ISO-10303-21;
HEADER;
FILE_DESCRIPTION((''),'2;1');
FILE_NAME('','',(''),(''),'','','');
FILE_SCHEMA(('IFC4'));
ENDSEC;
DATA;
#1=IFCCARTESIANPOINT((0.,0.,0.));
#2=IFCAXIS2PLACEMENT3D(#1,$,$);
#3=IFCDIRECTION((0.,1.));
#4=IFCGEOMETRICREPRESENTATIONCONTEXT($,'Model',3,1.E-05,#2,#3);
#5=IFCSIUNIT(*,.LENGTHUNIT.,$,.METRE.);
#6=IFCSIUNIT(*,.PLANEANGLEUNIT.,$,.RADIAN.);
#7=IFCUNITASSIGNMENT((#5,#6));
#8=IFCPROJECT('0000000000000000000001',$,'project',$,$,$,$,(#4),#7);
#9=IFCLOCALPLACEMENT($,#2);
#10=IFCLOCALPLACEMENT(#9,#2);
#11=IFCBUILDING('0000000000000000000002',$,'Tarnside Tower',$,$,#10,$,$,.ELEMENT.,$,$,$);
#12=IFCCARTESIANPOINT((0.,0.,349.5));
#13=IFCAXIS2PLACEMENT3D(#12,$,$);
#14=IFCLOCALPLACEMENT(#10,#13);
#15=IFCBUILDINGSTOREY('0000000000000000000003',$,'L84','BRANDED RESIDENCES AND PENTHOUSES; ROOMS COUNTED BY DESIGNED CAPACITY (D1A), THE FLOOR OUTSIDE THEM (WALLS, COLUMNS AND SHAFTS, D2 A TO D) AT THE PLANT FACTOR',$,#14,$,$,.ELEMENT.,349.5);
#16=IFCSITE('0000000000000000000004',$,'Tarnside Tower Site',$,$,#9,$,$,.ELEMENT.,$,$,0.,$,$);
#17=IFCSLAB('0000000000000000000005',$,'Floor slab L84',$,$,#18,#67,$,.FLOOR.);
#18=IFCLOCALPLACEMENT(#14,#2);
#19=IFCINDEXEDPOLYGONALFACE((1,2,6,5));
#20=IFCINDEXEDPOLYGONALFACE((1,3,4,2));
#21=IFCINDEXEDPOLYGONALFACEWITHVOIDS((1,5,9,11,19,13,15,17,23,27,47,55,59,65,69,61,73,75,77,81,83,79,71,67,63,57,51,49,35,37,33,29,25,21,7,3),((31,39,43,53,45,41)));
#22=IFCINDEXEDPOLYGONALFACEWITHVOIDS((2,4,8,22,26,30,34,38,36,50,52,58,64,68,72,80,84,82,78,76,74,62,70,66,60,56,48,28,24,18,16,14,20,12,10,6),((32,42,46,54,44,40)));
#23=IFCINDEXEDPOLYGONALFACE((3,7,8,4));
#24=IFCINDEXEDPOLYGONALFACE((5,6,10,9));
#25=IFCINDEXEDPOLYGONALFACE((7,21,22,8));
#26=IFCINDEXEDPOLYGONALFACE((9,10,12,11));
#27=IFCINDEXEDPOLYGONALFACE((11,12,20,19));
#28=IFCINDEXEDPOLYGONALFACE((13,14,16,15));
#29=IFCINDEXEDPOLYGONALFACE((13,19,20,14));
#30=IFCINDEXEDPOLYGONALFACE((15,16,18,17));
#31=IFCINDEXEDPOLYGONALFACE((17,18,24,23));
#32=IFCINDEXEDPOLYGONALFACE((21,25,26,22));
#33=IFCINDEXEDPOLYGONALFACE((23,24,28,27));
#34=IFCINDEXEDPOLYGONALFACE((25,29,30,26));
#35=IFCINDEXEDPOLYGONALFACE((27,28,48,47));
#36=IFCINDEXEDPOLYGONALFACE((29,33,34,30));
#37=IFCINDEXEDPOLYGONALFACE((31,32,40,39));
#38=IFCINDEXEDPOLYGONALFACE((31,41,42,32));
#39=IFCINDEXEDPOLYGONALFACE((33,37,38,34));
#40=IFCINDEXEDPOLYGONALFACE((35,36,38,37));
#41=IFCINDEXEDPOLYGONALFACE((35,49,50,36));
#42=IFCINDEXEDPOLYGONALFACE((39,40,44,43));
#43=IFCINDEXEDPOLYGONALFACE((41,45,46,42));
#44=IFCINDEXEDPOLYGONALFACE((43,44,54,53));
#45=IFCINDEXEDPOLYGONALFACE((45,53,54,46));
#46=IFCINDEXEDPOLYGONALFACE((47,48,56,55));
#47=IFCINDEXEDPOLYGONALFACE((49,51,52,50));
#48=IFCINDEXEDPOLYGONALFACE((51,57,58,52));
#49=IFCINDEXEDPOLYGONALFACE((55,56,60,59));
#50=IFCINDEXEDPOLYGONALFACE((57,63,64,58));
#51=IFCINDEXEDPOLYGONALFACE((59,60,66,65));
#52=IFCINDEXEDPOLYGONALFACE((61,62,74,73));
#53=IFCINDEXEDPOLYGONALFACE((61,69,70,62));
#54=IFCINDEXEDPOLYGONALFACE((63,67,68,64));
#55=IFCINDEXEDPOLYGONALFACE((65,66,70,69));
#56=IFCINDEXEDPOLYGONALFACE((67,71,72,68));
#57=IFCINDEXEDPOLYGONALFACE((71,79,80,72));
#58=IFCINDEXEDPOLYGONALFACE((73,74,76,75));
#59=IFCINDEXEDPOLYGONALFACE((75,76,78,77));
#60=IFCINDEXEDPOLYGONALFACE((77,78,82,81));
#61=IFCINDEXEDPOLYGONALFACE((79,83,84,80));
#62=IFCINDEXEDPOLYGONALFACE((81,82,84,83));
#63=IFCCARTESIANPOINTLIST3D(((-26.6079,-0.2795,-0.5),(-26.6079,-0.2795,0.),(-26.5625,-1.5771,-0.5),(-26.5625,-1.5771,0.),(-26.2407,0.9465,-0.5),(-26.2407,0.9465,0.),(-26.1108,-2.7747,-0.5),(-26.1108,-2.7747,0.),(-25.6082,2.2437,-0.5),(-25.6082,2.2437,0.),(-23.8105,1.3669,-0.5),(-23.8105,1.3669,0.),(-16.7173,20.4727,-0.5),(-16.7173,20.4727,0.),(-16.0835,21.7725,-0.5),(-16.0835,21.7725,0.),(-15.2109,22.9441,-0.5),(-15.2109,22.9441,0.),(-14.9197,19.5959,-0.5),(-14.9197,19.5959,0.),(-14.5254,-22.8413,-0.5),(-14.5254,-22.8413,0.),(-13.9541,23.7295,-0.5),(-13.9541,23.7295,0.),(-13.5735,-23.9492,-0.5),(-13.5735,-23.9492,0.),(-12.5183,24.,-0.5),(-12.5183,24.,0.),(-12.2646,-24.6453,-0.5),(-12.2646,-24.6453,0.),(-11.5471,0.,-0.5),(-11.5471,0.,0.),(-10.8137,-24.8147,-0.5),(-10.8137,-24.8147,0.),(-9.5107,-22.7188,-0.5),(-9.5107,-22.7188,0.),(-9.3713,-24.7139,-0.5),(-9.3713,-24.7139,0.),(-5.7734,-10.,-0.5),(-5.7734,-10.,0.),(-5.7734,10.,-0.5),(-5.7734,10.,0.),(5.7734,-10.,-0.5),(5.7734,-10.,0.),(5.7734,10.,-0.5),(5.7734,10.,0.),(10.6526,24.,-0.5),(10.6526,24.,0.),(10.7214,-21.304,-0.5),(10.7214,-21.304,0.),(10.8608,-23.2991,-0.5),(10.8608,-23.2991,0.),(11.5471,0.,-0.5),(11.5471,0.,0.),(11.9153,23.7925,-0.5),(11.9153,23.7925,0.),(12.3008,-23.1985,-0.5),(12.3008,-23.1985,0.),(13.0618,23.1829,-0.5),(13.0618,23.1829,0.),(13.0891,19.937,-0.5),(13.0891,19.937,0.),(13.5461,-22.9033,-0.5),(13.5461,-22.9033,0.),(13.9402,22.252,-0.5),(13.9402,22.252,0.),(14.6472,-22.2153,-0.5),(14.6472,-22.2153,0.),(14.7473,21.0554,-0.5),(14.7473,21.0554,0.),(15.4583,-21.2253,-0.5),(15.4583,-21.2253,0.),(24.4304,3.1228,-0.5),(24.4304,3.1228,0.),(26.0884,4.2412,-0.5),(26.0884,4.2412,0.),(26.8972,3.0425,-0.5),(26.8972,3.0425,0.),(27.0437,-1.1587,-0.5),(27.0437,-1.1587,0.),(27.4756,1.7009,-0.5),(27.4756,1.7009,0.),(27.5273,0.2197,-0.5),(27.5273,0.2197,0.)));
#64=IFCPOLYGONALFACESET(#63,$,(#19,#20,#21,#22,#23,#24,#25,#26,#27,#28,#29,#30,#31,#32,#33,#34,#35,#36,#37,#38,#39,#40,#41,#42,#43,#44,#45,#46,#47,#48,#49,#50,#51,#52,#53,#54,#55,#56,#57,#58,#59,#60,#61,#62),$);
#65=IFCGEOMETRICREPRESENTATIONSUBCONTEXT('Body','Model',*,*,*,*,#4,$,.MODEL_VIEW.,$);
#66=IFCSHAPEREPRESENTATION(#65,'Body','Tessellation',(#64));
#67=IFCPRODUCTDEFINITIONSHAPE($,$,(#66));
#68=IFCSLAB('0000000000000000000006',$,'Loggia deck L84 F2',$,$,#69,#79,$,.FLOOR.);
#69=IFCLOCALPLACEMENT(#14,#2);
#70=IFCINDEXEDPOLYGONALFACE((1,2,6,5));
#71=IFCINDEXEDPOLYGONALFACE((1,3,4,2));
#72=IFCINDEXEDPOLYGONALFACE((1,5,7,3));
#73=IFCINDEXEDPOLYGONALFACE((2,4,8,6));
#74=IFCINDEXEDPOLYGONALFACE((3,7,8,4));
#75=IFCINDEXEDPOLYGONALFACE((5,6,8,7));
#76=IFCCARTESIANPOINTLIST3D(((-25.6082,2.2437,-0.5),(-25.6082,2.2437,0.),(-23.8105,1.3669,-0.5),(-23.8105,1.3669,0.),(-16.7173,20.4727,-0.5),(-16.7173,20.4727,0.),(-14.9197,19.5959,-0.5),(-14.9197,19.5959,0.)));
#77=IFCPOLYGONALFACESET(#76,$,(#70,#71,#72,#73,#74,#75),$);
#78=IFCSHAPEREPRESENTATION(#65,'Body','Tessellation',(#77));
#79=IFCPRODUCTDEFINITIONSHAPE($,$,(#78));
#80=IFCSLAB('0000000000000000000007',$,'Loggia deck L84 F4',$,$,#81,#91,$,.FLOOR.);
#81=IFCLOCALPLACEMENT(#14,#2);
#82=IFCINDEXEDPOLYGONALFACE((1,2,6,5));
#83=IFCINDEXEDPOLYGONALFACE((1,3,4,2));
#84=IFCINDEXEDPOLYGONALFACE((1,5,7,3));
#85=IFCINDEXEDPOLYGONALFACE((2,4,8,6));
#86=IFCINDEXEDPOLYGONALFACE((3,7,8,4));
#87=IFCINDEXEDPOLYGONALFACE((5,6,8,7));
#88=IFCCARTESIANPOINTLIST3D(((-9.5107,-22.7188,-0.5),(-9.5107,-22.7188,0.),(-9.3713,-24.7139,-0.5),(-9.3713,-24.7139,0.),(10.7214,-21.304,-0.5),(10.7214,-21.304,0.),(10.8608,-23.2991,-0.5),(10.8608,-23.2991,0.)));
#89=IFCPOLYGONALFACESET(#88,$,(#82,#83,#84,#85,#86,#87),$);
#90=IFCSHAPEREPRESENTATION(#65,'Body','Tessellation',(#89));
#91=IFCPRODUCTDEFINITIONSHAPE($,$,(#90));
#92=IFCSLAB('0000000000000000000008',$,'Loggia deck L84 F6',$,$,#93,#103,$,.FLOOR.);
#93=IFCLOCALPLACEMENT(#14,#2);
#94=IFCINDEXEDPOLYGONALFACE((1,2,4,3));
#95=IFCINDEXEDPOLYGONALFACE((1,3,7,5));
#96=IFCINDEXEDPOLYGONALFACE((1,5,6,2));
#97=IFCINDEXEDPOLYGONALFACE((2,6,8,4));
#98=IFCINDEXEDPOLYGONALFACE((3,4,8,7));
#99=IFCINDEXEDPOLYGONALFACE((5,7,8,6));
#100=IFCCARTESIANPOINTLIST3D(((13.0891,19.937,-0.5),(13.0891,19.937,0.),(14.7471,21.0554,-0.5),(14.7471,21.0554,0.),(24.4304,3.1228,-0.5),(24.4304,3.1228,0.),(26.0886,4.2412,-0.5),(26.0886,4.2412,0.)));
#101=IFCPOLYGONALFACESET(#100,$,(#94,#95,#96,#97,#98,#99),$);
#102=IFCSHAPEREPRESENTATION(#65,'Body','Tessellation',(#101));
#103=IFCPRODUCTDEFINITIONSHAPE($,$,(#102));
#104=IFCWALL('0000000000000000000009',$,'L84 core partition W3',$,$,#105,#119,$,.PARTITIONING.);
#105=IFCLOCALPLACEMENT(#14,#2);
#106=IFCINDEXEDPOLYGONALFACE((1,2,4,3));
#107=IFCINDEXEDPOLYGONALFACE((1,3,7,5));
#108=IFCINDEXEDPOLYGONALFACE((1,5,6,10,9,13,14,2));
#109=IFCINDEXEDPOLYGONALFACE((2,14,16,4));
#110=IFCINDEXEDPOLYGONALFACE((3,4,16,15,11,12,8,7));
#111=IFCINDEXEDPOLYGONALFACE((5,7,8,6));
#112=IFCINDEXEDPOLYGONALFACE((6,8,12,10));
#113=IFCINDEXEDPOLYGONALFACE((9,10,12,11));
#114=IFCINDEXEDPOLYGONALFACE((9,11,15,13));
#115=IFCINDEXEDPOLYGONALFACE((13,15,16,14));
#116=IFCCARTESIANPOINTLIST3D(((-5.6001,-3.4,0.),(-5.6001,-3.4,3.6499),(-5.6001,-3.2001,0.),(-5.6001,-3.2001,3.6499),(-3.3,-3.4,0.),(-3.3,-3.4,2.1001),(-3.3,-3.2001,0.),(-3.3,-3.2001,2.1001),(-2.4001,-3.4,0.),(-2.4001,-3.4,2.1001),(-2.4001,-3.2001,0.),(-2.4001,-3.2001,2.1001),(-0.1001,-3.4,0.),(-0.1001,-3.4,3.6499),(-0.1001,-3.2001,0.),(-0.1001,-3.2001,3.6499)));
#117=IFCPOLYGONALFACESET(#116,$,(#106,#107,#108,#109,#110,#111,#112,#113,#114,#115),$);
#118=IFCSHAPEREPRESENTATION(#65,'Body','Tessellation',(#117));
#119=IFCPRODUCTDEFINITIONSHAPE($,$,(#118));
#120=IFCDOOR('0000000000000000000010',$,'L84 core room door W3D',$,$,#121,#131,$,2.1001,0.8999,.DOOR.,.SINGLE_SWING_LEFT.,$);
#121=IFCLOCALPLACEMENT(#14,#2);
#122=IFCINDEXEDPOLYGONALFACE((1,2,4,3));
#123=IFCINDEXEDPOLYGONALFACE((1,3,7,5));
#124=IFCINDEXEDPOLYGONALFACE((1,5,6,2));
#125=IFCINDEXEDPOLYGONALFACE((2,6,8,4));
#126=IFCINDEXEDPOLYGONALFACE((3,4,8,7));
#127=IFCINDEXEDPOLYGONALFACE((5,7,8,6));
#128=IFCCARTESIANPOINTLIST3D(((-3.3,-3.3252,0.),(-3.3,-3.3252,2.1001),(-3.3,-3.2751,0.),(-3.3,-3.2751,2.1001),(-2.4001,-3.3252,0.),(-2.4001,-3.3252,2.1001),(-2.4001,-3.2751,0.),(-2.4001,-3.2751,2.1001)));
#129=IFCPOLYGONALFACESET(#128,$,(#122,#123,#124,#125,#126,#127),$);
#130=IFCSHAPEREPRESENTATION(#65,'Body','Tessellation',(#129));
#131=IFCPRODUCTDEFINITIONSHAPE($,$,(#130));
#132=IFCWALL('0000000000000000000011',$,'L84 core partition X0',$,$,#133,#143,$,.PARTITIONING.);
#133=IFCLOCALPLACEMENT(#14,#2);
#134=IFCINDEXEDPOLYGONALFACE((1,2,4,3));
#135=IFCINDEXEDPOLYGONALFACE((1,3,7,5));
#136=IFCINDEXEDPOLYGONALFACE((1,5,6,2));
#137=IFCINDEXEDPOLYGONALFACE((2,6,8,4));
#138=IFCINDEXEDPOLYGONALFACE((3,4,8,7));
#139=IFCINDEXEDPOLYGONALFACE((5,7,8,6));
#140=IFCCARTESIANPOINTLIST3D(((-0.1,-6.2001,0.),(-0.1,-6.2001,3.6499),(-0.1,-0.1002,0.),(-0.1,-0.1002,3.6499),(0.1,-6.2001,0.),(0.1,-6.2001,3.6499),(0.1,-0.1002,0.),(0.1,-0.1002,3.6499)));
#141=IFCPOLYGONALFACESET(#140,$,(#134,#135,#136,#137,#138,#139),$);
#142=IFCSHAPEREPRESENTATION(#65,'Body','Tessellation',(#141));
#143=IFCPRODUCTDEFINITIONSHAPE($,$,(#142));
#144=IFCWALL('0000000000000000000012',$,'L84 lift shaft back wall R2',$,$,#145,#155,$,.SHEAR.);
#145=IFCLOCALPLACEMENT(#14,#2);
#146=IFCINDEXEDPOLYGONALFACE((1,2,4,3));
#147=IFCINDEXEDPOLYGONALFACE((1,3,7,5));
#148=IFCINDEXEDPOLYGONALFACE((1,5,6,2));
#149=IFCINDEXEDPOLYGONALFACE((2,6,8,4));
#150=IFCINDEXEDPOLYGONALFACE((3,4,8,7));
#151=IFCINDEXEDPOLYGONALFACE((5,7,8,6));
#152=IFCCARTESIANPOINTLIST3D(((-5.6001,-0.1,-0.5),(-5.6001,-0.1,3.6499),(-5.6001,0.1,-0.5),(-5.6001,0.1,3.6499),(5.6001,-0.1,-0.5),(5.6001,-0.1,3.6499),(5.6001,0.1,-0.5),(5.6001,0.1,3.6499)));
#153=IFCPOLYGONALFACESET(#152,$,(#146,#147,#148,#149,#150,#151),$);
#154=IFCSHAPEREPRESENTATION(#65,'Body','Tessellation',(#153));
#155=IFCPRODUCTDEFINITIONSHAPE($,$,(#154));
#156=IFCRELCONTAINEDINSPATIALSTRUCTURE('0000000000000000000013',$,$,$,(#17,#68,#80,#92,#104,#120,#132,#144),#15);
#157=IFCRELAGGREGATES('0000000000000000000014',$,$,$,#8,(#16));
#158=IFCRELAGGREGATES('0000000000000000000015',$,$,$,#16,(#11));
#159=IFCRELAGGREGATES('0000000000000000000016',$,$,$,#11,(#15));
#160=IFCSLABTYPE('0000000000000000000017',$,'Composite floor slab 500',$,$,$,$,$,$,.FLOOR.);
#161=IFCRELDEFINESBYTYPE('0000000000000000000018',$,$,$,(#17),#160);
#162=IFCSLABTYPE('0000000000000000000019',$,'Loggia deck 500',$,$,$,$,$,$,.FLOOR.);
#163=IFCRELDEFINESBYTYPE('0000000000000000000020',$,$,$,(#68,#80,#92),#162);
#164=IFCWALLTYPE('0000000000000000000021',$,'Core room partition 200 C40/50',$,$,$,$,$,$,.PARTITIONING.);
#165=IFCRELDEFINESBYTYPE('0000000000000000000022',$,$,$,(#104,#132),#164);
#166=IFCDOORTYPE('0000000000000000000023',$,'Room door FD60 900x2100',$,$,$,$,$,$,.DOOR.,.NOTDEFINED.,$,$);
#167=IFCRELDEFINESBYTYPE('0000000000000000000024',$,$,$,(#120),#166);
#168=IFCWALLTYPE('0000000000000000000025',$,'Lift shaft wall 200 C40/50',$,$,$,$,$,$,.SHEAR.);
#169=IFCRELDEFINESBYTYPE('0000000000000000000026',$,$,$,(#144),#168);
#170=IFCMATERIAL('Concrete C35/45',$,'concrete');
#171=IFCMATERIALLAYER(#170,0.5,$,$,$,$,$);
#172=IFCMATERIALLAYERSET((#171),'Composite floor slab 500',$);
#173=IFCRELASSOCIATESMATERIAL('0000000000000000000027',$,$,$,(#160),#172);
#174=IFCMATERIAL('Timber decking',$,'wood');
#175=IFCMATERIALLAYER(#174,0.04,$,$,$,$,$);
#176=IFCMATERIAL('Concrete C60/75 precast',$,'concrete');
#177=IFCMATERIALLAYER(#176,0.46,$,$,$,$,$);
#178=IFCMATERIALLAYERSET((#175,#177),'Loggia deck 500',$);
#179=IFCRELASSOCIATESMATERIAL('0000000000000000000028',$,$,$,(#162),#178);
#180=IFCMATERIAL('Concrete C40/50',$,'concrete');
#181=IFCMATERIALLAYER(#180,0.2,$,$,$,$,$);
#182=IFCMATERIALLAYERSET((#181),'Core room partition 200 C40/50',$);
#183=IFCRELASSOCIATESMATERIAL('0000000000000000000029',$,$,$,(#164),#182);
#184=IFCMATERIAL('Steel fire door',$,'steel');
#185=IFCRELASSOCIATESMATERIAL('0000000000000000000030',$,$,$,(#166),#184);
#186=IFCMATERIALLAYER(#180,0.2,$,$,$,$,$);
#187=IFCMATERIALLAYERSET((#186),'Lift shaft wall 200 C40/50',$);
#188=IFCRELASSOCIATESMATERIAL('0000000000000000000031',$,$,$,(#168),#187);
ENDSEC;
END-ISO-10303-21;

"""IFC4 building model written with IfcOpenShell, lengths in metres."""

from ifc_helpers import new_model, si_unit, direction, frame, frame_2d, origin, place, context, subcontext, project, spatial, polyline, rectangle, outline, extrude, material, layer, layer_set, type_object, element, fill, save


model = new_model("IFC4")

# Units and contexts
model_context = context("Model", 3, precision=1e-05, world=origin(), true_north=direction((0.0, 1.0)))
body_context = subcontext(model_context, "Body", "Model", "MODEL_VIEW")
ifc_project = project(units=[si_unit("LENGTHUNIT", "METRE"), si_unit("PLANEANGLEUNIT", "RADIAN")], contexts=[model_context])

# Site, building, storey
site_placement = place(None, origin())
site = spatial("IfcSite", under=ifc_project, at=site_placement, Name="Tarnside Tower Site", CompositionType="ELEMENT", RefElevation=0.0)
building_placement = place(site_placement, origin())
building = spatial("IfcBuilding", under=site, at=building_placement, Name="Tarnside Tower", CompositionType="ELEMENT")
storey_placement = place(building_placement, frame((0.0, 0.0, 349.5)))
storey = spatial("IfcBuildingStorey", under=building, at=storey_placement, Name="L84", Description="BRANDED RESIDENCES AND PENTHOUSES; ROOMS COUNTED BY DESIGNED CAPACITY (D1A), THE FLOOR OUTSIDE THEM (WALLS, COLUMNS AND SHAFTS, D2 A TO D) AT THE PLANT FACTOR", CompositionType="ELEMENT", Elevation=349.5)

# Slabs
ifc_material_1 = material(Name="Concrete C35/45", Category="concrete")
ifc_layer_1 = layer(ifc_material_1, 0.5)
ifc_layer_set_1 = layer_set([ifc_layer_1], Name="Composite floor slab 500")
slab_type_1 = type_object("IfcSlabType", Name="Composite floor slab 500", PredefinedType="FLOOR", material=ifc_layer_set_1)
slab_1_placement = place(storey_placement, frame((0.0, 0.0, -0.5)))
element("IfcSlab", 1, at=slab_1_placement, inside=storey, type_object=slab_type_1, Name="Floor slab L84", PredefinedType="FLOOR", context=body_context, shape_type="SweptSolid", body=[
    extrude(outline(polyline([(11.9153, 23.7925), (13.0618, 23.1829), (13.9402, 22.252), (14.7473, 21.0554), (13.0891, 19.937), (24.4304, 3.1228), (26.0884, 4.2412), (26.8972, 3.0425), (27.4756, 1.7009), (27.5273, 0.2197), (27.0437, -1.1587), (15.4583, -21.2253), (14.6472, -22.2153), (13.5461, -22.9033), (12.3008, -23.1985), (10.8608, -23.2991), (10.7214, -21.304), (-9.5107, -22.7188), (-9.3713, -24.7139), (-10.8137, -24.8147), (-12.2646, -24.6453), (-13.5735, -23.9492), (-14.5254, -22.8413), (-26.1108, -2.7747), (-26.5625, -1.5771), (-26.6079, -0.2795), (-26.2407, 0.9465), (-25.6082, 2.2437), (-23.8105, 1.3669), (-14.9197, 19.5959), (-16.7173, 20.4727), (-16.0835, 21.7725), (-15.2109, 22.9441), (-13.9541, 23.7295), (-12.5183, 24.0), (10.6526, 24.0), (11.9153, 23.7925)]), holes=[polyline([(-11.5471, 0.0), (-5.7734, -10.0), (5.7734, -10.0), (11.5471, 0.0), (5.7734, 10.0), (-5.7734, 10.0), (-11.5471, 0.0)])]), origin(), (0.0, 0.0, 1.0), 0.5),
])
ifc_material_2 = material(Name="Timber decking", Category="wood")
ifc_layer_2 = layer(ifc_material_2, 0.04)
ifc_material_3 = material(Name="Concrete C60/75 precast", Category="concrete")
ifc_layer_3 = layer(ifc_material_3, 0.46)
ifc_layer_set_2 = layer_set([ifc_layer_2, ifc_layer_3], Name="Loggia deck 500")
slab_type_2 = type_object("IfcSlabType", Name="Loggia deck 500", PredefinedType="FLOOR", material=ifc_layer_set_2)
slab_2_placement = place(storey_placement, frame((0.0, 0.0, -0.5)))
element("IfcSlab", 2, at=slab_2_placement, inside=storey, type_object=slab_type_2, Name="Loggia deck L84 F2", PredefinedType="FLOOR", context=body_context, shape_type="SweptSolid", body=[
    extrude(outline(polyline([(-14.9197, 19.5959), (-23.8105, 1.3669), (-25.6082, 2.2437), (-16.7173, 20.4727), (-14.9197, 19.5959)])), origin(), (0.0, 0.0, 1.0), 0.5),
])
slab_3_placement = place(storey_placement, frame((0.0, 0.0, -0.5)))
element("IfcSlab", 3, at=slab_3_placement, inside=storey, type_object=slab_type_2, Name="Loggia deck L84 F4", PredefinedType="FLOOR", context=body_context, shape_type="SweptSolid", body=[
    extrude(outline(polyline([(-9.5107, -22.7188), (10.7214, -21.304), (10.8608, -23.2991), (-9.3713, -24.7139), (-9.5107, -22.7188)])), origin(), (0.0, 0.0, 1.0), 0.5),
])
slab_4_placement = place(storey_placement, frame((0.0, 0.0, -0.5)))
element("IfcSlab", 4, at=slab_4_placement, inside=storey, type_object=slab_type_2, Name="Loggia deck L84 F6", PredefinedType="FLOOR", context=body_context, shape_type="SweptSolid", body=[
    extrude(outline(polyline([(24.4304, 3.1228), (13.0891, 19.937), (14.7471, 21.0554), (26.0886, 4.2412), (24.4304, 3.1228)])), origin(), (0.0, 0.0, 1.0), 0.5),
])

# Wall, opening, door
ifc_material_4 = material(Name="Concrete C40/50", Category="concrete")
ifc_layer_4 = layer(ifc_material_4, 0.2)
ifc_layer_set_3 = layer_set([ifc_layer_4], Name="Core room partition 200 C40/50")
wall_type_1 = type_object("IfcWallType", Name="Core room partition 200 C40/50", PredefinedType="PARTITIONING", material=ifc_layer_set_3)
wall_1_placement = place(storey_placement, frame((-5.6001, -3.3, 0.0), z_axis=(0.0, 0.0, 1.0), x_axis=(1.0, 0.0, 0.0)))
wall_1 = element("IfcWall", 5, at=wall_1_placement, inside=storey, type_object=wall_type_1, Name="L84 core partition W3", PredefinedType="PARTITIONING", context=body_context, shape_type="SweptSolid", body=[
    extrude(rectangle(XDim=5.5, YDim=0.2, at=frame_2d((2.75, 0.0))), origin(), (0.0, 0.0, 1.0), 3.6499),
])
opening_1_placement = place(wall_1_placement, frame((2.3, 0.0, 0.0)))
opening_1 = element("IfcOpeningElement", 6, at=opening_1_placement, cuts=wall_1, PredefinedType="OPENING", context=body_context, shape_type="SweptSolid", body=[
    extrude(rectangle(XDim=0.8999, YDim=2.1001, at=frame_2d((0.45, 1.05))), frame((0.0, 0.1099, 0.0), z_axis=(0.0, -1.0, 0.0), x_axis=(1.0, 0.0, 0.0)), (0.0, 0.0, 1.0), 0.22),
])
ifc_material_5 = material(Name="Steel fire door", Category="steel")
door_type_1 = type_object("IfcDoorType", Name="Room door FD60 900x2100", OperationType="NOTDEFINED", PredefinedType="DOOR", material=ifc_material_5)
door_1_placement = place(opening_1_placement, origin())
door_1 = element("IfcDoor", 7, at=door_1_placement, inside=storey, type_object=door_type_1, Name="L84 core room door W3D", OperationType="SINGLE_SWING_LEFT", OverallHeight=2.1001, OverallWidth=0.8999, PredefinedType="DOOR", context=body_context, shape_type="SweptSolid", body=[
    extrude(rectangle(XDim=0.8999, YDim=2.1001, at=frame_2d((0.45, 1.05))), frame((0.0, 0.0249, 0.0), z_axis=(0.0, -1.0, 0.0), x_axis=(1.0, 0.0, 0.0)), (0.0, 0.0, 1.0), 0.05),
])
fill(opening_1, door_1)

# Walls
wall_2_placement = place(storey_placement, frame((0.0, -6.2, 0.0), z_axis=(0.0, 0.0, 1.0), x_axis=(0.0, 1.0, 0.0)))
element("IfcWall", 8, at=wall_2_placement, inside=storey, type_object=wall_type_1, Name="L84 core partition X0", PredefinedType="PARTITIONING", context=body_context, shape_type="SweptSolid", body=[
    extrude(rectangle(XDim=6.0999, YDim=0.2, at=frame_2d((3.0498, 0.0))), origin(), (0.0, 0.0, 1.0), 3.6499),
])
ifc_layer_5 = layer(ifc_material_4, 0.2)
ifc_layer_set_4 = layer_set([ifc_layer_5], Name="Lift shaft wall 200 C40/50")
wall_type_2 = type_object("IfcWallType", Name="Lift shaft wall 200 C40/50", PredefinedType="SHEAR", material=ifc_layer_set_4)
wall_3_placement = place(storey_placement, frame((-5.6001, 0.0, -0.5), z_axis=(0.0, 0.0, 1.0), x_axis=(1.0, 0.0, 0.0)))
element("IfcWall", 9, at=wall_3_placement, inside=storey, type_object=wall_type_2, Name="L84 lift shaft back wall R2", PredefinedType="SHEAR", context=body_context, shape_type="SweptSolid", body=[
    extrude(rectangle(XDim=11.2002, YDim=0.2, at=frame_2d((5.6001, 0.0))), origin(), (0.0, 0.0, 1.0), 4.1499),
])

save(model, "model.ifc")
